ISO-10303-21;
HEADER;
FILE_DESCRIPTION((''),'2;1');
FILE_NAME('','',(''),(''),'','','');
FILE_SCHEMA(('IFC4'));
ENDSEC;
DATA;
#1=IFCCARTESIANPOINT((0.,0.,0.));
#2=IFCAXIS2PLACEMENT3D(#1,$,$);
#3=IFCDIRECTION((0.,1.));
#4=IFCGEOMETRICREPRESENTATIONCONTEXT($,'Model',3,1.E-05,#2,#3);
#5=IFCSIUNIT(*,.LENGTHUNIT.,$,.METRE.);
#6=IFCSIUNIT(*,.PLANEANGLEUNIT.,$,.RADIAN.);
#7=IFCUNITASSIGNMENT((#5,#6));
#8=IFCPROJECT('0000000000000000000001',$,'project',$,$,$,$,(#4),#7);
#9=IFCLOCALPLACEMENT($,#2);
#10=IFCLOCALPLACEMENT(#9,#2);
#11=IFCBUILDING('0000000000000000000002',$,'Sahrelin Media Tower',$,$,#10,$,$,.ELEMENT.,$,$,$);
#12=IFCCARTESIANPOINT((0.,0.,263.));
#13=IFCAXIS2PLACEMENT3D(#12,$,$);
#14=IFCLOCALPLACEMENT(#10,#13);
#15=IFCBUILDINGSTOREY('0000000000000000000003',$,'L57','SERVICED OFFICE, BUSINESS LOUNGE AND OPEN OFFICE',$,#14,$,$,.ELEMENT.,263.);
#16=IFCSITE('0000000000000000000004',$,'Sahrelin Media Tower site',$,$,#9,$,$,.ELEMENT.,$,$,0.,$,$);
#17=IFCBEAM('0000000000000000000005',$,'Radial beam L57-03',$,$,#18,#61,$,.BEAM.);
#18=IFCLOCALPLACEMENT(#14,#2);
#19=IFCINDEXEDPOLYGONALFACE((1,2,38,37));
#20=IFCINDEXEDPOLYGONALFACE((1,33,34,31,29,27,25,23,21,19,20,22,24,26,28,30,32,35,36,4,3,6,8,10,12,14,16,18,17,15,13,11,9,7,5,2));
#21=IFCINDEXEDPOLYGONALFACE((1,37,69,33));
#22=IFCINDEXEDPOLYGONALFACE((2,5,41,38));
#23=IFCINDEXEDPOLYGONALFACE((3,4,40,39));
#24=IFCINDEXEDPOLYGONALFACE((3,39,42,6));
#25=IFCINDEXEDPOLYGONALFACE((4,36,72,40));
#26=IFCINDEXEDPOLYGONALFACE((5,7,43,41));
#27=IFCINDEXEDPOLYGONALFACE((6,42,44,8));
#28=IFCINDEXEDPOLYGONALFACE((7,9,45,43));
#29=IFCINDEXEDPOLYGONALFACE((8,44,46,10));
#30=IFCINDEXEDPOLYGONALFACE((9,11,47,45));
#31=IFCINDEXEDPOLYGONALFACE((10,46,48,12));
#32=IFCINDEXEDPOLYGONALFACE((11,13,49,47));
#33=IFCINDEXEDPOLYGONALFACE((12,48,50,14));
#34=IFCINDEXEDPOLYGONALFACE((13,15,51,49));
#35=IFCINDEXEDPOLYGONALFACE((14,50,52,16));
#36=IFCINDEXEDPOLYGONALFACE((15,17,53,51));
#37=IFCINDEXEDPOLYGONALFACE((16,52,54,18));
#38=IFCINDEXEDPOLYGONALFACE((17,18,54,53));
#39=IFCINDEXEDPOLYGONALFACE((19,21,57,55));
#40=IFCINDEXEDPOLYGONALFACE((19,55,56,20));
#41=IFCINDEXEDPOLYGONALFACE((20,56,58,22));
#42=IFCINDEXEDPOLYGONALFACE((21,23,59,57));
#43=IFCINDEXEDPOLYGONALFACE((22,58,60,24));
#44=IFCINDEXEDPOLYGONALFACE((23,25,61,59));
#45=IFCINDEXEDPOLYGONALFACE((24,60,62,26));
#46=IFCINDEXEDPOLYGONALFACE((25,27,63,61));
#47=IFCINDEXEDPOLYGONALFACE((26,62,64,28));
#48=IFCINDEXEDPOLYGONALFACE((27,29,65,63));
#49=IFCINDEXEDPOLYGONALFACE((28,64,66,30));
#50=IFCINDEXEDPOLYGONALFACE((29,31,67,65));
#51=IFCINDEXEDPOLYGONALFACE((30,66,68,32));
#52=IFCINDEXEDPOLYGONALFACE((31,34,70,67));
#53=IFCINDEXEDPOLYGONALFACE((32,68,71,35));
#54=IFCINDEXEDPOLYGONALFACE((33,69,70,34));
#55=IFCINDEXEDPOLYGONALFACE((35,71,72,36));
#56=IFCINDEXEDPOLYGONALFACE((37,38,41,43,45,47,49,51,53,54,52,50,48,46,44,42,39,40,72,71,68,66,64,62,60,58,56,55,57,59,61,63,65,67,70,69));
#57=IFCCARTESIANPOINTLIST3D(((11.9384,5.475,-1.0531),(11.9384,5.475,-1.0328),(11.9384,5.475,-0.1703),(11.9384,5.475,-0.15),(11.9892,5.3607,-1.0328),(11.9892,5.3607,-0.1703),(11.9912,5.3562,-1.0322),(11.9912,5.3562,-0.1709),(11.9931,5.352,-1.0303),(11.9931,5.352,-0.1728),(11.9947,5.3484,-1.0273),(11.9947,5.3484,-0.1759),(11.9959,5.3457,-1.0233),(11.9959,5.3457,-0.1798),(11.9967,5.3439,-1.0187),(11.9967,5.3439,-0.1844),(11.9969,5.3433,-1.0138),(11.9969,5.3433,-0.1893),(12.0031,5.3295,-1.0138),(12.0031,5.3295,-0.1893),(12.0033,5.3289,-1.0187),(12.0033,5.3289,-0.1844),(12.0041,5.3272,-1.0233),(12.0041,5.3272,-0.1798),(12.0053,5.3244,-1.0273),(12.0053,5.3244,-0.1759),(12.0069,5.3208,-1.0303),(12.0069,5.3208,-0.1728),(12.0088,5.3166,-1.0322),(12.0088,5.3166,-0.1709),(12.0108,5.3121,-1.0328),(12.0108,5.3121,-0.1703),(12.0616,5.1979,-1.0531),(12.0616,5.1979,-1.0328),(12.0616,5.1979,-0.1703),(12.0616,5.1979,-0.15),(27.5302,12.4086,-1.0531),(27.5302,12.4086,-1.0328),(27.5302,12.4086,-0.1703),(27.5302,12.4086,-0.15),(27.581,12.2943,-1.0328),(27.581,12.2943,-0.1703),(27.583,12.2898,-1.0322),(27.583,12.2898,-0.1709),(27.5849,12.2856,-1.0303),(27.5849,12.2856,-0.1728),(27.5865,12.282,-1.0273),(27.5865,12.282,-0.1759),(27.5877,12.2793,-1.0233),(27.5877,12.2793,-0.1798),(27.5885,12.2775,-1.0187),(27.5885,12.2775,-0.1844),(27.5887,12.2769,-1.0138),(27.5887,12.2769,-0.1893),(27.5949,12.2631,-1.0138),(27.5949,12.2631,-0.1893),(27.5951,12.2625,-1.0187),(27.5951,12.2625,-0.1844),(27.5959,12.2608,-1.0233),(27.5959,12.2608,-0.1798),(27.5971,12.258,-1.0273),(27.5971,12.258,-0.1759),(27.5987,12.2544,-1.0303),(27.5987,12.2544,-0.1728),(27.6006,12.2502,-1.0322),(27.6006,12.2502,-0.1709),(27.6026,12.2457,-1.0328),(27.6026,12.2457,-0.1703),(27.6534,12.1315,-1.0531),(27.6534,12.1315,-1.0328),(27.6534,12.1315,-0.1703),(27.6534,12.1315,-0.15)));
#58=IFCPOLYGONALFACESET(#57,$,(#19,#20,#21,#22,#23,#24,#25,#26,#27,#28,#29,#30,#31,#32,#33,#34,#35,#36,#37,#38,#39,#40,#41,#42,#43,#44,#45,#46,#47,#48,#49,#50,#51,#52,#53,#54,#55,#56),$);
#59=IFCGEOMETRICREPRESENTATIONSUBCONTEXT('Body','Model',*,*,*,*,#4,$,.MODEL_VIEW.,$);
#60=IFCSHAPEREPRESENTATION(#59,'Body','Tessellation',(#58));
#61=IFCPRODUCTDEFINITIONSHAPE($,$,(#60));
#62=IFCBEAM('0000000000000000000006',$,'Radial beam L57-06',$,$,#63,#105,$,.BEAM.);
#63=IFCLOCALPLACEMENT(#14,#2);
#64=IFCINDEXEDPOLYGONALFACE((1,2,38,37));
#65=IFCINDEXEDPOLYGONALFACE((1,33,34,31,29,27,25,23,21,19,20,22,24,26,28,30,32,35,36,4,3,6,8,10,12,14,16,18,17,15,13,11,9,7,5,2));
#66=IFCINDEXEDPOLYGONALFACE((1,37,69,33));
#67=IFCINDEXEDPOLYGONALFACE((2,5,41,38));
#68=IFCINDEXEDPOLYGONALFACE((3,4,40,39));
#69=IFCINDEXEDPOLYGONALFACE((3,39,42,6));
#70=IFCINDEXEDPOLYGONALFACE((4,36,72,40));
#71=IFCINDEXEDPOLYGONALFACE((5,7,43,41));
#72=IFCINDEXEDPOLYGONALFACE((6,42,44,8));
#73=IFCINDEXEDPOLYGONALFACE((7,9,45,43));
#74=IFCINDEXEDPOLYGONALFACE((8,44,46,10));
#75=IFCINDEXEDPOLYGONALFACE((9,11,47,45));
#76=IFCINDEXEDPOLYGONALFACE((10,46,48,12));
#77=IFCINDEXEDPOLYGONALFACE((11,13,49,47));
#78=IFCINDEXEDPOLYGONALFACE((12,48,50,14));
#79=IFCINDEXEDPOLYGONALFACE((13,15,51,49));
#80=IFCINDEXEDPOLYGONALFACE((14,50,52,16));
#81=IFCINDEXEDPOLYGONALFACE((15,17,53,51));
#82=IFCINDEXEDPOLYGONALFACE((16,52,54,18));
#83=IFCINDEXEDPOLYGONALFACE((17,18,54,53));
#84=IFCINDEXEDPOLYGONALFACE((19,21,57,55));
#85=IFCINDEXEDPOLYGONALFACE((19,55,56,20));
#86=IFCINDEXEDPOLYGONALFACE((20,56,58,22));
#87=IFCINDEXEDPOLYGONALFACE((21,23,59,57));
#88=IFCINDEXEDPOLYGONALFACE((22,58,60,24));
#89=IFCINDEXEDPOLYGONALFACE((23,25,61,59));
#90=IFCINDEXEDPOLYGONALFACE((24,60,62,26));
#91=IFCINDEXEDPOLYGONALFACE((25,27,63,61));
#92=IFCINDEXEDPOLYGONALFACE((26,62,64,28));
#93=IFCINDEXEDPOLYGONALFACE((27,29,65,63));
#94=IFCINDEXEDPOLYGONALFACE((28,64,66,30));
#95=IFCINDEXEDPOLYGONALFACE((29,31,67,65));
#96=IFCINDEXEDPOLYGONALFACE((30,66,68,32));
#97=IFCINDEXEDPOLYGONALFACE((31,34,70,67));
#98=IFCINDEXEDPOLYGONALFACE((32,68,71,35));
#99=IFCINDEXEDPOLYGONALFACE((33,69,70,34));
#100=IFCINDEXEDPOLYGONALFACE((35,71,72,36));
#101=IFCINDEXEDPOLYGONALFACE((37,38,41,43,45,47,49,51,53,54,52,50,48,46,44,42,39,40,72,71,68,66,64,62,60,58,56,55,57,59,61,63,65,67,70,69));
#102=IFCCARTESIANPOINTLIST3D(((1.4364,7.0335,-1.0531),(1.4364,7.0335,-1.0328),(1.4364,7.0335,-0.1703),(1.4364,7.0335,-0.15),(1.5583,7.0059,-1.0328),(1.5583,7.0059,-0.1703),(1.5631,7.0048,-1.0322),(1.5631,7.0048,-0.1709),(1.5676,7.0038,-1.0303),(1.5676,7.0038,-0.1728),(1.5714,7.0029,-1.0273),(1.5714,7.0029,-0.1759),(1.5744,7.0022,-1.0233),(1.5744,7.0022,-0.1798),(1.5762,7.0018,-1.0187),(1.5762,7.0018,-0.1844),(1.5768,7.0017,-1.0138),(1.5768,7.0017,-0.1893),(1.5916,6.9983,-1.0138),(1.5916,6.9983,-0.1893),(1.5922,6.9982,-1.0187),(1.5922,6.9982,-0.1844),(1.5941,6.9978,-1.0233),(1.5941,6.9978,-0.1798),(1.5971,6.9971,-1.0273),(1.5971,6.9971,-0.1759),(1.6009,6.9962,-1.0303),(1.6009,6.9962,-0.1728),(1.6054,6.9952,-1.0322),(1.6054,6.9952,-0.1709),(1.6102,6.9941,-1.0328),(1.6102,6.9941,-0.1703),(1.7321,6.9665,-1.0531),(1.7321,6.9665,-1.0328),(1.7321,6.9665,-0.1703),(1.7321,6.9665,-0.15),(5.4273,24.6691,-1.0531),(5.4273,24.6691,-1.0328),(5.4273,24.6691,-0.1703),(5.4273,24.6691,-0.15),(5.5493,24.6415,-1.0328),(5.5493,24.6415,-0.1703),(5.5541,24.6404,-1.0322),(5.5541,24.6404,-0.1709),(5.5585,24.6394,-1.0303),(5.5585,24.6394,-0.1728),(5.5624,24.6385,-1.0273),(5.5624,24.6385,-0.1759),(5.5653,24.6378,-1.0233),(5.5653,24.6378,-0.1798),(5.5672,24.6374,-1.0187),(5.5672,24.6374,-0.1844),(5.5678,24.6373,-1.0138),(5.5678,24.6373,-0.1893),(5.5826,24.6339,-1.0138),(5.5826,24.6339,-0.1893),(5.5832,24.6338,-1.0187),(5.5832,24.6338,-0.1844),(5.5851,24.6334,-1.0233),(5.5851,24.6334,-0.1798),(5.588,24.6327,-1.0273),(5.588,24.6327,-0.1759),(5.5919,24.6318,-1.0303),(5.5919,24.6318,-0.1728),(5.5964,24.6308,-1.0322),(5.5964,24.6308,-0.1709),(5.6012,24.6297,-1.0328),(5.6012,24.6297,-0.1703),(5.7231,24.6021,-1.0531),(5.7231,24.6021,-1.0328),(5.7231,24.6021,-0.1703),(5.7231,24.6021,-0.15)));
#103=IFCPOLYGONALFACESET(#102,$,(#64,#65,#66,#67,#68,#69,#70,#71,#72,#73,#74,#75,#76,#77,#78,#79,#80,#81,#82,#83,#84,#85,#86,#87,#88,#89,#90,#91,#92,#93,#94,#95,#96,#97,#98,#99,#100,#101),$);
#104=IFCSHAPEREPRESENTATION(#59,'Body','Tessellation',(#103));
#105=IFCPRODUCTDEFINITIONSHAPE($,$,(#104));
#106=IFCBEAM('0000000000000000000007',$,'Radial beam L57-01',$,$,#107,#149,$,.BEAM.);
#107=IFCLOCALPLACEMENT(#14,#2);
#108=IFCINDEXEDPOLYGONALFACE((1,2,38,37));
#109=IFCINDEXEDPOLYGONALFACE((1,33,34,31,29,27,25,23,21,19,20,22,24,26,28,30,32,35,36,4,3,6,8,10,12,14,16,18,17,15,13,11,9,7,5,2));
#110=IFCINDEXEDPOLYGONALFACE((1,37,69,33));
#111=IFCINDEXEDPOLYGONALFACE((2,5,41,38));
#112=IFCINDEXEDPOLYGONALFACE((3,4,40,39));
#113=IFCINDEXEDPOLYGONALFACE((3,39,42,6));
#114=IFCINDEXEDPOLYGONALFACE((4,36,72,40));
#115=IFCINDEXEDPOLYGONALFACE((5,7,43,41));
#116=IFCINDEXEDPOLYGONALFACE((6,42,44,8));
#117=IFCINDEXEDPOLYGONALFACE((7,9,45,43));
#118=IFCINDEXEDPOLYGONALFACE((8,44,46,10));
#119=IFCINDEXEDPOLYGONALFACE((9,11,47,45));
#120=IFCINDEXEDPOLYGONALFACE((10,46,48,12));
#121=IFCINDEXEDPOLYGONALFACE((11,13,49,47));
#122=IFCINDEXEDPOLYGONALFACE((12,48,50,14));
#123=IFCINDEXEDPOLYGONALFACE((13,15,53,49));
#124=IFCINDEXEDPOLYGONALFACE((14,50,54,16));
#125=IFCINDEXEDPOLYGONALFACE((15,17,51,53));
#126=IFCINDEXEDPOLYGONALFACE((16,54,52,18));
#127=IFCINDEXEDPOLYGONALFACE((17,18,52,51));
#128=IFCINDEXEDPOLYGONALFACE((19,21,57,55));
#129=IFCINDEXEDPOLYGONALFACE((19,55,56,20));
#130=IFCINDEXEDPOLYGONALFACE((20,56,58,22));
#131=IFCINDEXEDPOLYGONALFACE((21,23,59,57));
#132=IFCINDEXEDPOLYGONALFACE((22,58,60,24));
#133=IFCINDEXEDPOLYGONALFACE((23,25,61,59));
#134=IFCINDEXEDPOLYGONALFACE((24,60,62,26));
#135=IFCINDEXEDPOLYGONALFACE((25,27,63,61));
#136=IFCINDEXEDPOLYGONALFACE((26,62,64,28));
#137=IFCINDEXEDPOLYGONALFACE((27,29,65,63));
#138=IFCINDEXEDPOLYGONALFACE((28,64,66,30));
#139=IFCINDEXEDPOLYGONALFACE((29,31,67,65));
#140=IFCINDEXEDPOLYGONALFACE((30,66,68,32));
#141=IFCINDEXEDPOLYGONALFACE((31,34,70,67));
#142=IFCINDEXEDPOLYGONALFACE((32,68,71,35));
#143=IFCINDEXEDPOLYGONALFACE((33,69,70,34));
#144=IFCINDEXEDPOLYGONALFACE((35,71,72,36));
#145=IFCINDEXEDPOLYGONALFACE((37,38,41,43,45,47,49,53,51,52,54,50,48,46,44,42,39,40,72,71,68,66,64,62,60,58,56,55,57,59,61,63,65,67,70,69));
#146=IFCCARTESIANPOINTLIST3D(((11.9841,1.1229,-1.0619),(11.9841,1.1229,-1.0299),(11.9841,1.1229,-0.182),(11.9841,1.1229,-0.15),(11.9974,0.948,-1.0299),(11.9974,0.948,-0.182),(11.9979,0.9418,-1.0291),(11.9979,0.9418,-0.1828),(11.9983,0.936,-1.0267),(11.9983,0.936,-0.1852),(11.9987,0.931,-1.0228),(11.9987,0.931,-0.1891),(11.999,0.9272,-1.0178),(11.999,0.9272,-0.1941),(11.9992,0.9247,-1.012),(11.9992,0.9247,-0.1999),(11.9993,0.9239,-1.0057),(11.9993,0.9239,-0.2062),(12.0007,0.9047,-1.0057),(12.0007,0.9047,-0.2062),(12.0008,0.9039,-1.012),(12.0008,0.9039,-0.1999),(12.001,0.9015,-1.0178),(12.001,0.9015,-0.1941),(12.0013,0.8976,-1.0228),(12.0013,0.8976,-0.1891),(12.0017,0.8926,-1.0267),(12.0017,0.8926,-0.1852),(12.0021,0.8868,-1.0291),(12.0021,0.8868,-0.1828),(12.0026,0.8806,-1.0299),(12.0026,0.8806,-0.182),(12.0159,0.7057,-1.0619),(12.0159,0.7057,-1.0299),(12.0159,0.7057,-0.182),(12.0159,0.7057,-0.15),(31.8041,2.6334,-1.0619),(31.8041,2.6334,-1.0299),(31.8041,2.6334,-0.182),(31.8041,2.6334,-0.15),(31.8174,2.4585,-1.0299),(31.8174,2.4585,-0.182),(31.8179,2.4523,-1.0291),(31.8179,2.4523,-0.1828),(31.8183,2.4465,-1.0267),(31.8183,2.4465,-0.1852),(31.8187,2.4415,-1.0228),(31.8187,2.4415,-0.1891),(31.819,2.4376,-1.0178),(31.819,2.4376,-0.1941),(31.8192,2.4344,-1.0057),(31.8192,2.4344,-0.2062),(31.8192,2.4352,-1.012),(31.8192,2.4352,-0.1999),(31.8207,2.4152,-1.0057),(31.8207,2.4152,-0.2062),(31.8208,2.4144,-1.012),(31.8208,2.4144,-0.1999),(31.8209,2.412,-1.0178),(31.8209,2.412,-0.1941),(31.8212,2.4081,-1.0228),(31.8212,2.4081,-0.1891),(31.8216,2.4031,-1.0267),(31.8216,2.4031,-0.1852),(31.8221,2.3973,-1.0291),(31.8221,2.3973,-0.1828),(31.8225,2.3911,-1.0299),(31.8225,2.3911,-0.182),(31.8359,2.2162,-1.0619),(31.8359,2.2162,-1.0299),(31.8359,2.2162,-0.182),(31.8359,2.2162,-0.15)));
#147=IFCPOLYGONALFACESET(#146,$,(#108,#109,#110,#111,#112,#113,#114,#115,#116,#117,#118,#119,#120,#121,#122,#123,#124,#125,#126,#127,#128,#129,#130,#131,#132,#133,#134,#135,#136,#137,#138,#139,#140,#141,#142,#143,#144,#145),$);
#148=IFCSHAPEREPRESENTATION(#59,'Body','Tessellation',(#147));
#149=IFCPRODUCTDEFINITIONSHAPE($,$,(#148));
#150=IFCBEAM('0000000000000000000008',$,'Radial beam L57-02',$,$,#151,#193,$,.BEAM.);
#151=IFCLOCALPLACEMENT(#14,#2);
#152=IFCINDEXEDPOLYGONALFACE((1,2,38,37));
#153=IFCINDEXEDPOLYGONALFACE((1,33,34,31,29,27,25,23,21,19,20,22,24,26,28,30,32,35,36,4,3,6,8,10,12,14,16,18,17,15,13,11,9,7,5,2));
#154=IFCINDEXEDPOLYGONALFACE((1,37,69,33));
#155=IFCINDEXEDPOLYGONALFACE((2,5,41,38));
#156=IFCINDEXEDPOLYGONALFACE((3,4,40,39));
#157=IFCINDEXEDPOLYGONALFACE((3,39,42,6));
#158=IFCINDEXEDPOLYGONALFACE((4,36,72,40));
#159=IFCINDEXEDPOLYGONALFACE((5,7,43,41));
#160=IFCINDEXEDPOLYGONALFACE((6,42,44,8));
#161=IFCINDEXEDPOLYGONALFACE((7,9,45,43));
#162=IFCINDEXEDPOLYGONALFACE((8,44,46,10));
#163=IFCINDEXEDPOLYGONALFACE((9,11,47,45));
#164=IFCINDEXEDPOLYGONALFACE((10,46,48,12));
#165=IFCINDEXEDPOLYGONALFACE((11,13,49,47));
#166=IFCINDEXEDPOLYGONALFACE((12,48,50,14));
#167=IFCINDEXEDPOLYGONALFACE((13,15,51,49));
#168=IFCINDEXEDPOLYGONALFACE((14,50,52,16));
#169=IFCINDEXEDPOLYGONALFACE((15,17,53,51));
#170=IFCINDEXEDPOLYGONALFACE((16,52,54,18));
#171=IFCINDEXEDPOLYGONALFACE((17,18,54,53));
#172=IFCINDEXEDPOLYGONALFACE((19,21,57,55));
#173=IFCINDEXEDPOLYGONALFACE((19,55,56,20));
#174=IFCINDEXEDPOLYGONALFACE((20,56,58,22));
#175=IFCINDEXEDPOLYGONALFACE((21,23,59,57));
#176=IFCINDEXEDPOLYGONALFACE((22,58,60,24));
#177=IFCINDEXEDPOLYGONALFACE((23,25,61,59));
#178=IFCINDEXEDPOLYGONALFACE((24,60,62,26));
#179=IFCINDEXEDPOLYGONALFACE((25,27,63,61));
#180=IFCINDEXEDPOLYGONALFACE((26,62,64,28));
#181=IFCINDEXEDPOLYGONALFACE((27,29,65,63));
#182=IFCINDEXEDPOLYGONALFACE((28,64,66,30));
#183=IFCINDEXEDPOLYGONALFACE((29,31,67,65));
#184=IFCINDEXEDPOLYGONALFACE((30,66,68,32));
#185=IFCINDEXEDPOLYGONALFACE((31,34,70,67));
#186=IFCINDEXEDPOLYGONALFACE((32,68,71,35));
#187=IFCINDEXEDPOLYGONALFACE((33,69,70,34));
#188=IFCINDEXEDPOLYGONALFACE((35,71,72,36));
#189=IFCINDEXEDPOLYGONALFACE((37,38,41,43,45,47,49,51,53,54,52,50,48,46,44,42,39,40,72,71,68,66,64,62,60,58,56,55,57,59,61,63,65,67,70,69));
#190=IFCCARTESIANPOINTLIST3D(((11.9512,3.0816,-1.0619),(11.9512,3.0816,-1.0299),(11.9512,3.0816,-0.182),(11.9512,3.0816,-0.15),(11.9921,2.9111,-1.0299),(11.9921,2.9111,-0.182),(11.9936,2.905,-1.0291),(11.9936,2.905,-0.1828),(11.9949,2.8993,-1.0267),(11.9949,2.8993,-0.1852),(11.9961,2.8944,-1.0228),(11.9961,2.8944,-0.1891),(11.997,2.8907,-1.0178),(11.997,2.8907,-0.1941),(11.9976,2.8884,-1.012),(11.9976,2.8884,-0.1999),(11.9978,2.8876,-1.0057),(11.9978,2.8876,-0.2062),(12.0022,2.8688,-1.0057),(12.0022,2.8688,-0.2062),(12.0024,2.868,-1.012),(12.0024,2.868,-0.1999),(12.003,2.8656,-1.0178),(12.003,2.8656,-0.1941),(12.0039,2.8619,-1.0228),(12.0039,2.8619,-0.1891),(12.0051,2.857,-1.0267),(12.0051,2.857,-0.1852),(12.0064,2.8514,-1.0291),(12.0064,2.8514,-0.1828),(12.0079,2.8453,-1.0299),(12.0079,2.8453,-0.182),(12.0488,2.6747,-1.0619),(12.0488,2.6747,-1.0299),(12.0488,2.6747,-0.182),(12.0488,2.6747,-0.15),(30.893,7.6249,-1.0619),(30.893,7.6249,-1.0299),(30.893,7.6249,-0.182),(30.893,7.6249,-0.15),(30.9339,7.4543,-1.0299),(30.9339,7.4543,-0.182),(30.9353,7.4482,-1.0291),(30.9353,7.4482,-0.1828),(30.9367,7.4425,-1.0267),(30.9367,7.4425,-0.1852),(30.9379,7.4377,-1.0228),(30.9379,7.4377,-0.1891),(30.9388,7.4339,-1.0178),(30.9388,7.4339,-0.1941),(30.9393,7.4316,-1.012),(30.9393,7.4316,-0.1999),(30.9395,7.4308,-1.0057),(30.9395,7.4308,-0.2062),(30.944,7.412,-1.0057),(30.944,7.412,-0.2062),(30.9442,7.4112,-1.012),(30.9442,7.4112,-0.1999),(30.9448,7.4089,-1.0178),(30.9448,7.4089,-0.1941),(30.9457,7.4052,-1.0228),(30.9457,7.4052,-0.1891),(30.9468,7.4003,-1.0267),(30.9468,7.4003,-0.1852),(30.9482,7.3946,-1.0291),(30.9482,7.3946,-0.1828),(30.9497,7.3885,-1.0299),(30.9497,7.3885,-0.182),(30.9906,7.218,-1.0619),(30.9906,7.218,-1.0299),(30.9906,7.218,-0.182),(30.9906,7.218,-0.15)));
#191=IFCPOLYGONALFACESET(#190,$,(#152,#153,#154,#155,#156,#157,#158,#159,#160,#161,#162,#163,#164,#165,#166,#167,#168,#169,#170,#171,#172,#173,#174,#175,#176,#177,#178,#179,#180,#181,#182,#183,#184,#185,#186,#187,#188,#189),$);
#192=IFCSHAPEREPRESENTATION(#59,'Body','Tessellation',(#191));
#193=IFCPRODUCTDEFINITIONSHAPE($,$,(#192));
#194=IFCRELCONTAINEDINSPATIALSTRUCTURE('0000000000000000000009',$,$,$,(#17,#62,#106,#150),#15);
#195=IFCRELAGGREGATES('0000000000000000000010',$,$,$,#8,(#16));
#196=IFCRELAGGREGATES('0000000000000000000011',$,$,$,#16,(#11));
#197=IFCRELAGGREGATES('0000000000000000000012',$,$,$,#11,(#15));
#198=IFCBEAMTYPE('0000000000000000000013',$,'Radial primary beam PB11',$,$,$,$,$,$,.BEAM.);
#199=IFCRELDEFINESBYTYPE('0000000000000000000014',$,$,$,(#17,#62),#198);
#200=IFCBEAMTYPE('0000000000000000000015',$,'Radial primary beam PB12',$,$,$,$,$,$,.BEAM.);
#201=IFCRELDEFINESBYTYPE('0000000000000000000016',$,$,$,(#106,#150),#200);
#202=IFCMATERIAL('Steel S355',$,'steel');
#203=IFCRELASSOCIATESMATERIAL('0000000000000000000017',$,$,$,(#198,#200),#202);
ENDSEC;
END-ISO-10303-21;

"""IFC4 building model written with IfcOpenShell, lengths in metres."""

from ifc_helpers import new_model, si_unit, direction, frame, origin, origin_2d, place, context, subcontext, project, spatial, i_section, extrude, material, material_profile, profile_set, type_object, element, save


model = new_model("IFC4")

# Units and contexts
model_context = context("Model", 3, precision=1e-05, world=origin(), true_north=direction((0.0, 1.0)))
body_context = subcontext(model_context, "Body", "Model", "MODEL_VIEW")
ifc_project = project(units=[si_unit("LENGTHUNIT", "METRE"), si_unit("PLANEANGLEUNIT", "RADIAN")], contexts=[model_context])

# Site, building, storey
site_placement = place(None, origin())
site = spatial("IfcSite", under=ifc_project, at=site_placement, Name="Sahrelin Media Tower site", CompositionType="ELEMENT", RefElevation=0.0)
building_placement = place(site_placement, origin())
building = spatial("IfcBuilding", under=site, at=building_placement, Name="Sahrelin Media Tower", CompositionType="ELEMENT")
storey_placement = place(building_placement, frame((0.0, 0.0, 263.0)))
storey = spatial("IfcBuildingStorey", under=building, at=storey_placement, Name="L57", Description="SERVICED OFFICE, BUSINESS LOUNGE AND OPEN OFFICE", CompositionType="ELEMENT", Elevation=263.0)

# Beams
ifc_material_1 = material(Name="Steel S355", Category="steel")
ifc_material_profile_1 = material_profile(ifc_material_1, i_section(OverallWidth=0.3032, OverallDepth=0.9031, WebThickness=0.0151, FlangeThickness=0.0203, FilletRadius=0.019, at=origin_2d()), Name="UB 914x305x201")
ifc_profile_set_1 = profile_set([ifc_material_profile_1], Name="Steel S355")
beam_type_1 = type_object("IfcBeamType", Name="Radial primary beam PB11", PredefinedType="BEAM", material=ifc_profile_set_1)
beam_1_placement = place(storey_placement, frame((12.0, 5.3364, -0.6016), z_axis=(0.913727, 0.40633, 0.0), x_axis=(-0.40633, 0.913727, 0.0)))
element("IfcBeam", 1, at=beam_1_placement, inside=storey, type_object=beam_type_1, Name="Radial beam L57-03", PredefinedType="BEAM", context=body_context, shape_type="SweptSolid", body=[
    extrude(i_section(OverallWidth=0.3032, OverallDepth=0.9031, WebThickness=0.0151, FlangeThickness=0.0203, FilletRadius=0.019, at=origin_2d()), origin(), (0.0, 0.0, 1.0), 17.064),
])
beam_2_placement = place(storey_placement, frame((1.5842, 7.0, -0.6016), z_axis=(0.220722, 0.975337, 0.0), x_axis=(-0.975337, 0.220722, 0.0)))
element("IfcBeam", 2, at=beam_2_placement, inside=storey, type_object=beam_type_1, Name="Radial beam L57-06", PredefinedType="BEAM", context=body_context, shape_type="SweptSolid", body=[
    extrude(i_section(OverallWidth=0.3032, OverallDepth=0.9031, WebThickness=0.0151, FlangeThickness=0.0203, FilletRadius=0.019, at=origin_2d()), origin(), (0.0, 0.0, 1.0), 18.0815),
])
ifc_material_profile_2 = material_profile(ifc_material_1, i_section(OverallWidth=0.4185, OverallDepth=0.9119, WebThickness=0.0193, FlangeThickness=0.032, FilletRadius=0.0242, at=origin_2d()), Name="UB 914x419x343")
ifc_profile_set_2 = profile_set([ifc_material_profile_2], Name="Steel S355")
beam_type_2 = type_object("IfcBeamType", Name="Radial primary beam PB12", PredefinedType="BEAM", material=ifc_profile_set_2)
beam_3_placement = place(storey_placement, frame((12.0, 0.9143, -0.606), z_axis=(0.997109, 0.07599, 0.0), x_axis=(-0.07599, 0.997109, 0.0)))
element("IfcBeam", 3, at=beam_3_placement, inside=storey, type_object=beam_type_2, Name="Radial beam L57-01", PredefinedType="BEAM", context=body_context, shape_type="SweptSolid", body=[
    extrude(i_section(OverallWidth=0.4185, OverallDepth=0.9119, WebThickness=0.0193, FlangeThickness=0.032, FilletRadius=0.0242, at=origin_2d()), origin(), (0.0, 0.0, 1.0), 19.8774),
])
beam_4_placement = place(storey_placement, frame((12.0, 2.8782, -0.606), z_axis=(0.97242, 0.233238, 0.0), x_axis=(-0.233238, 0.97242, 0.0)))
element("IfcBeam", 4, at=beam_4_placement, inside=storey, type_object=beam_type_2, Name="Radial beam L57-02", PredefinedType="BEAM", context=body_context, shape_type="SweptSolid", body=[
    extrude(i_section(OverallWidth=0.4185, OverallDepth=0.9119, WebThickness=0.0193, FlangeThickness=0.032, FilletRadius=0.0242, at=origin_2d()), origin(), (0.0, 0.0, 1.0), 19.479),
])

save(model, "model.ifc")
